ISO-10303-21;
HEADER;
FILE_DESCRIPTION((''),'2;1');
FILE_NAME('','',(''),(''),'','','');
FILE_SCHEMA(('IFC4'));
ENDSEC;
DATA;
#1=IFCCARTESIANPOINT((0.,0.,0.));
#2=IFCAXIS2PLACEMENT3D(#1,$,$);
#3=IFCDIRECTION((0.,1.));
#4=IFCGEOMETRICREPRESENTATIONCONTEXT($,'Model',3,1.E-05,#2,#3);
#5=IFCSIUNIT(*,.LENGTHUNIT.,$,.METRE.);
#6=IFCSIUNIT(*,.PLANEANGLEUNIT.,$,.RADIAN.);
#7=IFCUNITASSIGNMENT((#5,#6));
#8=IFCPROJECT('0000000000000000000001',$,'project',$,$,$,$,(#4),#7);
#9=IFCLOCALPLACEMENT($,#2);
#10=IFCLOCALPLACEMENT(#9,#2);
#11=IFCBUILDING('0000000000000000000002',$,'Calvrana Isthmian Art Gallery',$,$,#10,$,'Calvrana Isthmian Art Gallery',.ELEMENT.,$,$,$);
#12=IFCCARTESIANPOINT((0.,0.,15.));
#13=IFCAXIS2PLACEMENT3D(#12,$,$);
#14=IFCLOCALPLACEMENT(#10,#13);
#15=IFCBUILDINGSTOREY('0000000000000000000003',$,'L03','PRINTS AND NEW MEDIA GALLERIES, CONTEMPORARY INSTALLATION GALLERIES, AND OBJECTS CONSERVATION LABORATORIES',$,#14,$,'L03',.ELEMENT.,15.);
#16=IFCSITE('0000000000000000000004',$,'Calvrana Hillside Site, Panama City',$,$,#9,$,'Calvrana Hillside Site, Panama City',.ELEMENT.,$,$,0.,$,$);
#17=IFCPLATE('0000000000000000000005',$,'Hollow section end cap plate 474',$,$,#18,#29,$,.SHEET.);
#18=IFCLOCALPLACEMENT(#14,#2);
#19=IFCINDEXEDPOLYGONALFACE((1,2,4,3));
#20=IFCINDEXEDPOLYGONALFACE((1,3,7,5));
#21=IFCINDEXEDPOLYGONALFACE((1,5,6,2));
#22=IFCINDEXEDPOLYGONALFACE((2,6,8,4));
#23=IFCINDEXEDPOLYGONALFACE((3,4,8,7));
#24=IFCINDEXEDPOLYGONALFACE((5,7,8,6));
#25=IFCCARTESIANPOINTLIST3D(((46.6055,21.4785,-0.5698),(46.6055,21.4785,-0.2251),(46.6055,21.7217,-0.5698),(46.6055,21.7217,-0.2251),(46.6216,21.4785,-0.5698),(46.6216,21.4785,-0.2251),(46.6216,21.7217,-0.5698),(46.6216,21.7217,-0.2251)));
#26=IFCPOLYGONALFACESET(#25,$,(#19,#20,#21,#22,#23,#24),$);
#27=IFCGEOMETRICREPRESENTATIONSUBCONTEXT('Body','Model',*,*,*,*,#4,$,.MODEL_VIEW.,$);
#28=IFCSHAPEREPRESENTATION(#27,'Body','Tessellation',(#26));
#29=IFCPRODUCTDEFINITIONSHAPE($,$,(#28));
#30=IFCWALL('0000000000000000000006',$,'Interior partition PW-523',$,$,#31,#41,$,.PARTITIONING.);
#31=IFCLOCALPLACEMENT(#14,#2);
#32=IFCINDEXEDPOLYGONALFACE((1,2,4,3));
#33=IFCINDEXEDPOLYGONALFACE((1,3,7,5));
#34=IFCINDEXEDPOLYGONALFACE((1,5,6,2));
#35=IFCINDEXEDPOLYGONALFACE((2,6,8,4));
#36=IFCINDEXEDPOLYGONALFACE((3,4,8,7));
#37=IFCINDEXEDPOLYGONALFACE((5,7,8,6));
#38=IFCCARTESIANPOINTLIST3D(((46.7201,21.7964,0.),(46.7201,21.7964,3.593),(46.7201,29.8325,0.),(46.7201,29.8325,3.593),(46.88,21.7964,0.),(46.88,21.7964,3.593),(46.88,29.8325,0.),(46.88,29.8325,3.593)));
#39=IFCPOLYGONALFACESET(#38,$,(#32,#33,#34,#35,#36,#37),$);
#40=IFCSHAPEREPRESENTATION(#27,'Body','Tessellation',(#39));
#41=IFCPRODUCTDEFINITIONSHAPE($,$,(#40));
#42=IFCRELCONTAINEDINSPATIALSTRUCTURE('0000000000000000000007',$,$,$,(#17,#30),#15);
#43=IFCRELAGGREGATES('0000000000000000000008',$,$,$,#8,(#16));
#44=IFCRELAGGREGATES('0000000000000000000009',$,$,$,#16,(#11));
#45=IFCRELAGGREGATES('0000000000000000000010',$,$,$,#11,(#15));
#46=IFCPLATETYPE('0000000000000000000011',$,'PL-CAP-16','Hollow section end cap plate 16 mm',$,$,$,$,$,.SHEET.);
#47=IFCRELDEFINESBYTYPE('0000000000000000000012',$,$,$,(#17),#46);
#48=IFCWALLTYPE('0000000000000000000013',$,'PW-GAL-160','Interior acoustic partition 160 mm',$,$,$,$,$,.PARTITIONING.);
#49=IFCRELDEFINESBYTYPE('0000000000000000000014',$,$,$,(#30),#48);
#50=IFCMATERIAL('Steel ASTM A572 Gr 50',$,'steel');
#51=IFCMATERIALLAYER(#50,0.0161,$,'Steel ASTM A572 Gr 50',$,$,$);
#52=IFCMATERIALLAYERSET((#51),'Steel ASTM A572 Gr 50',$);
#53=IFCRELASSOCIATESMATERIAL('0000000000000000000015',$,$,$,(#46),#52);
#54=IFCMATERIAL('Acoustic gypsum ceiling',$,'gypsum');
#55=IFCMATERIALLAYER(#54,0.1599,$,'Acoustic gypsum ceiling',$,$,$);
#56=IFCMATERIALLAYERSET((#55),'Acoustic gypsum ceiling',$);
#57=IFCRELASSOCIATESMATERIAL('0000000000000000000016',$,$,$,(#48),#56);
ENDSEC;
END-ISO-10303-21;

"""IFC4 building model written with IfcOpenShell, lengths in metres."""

from ifc_helpers import new_model, si_unit, direction, frame, frame_2d, origin, origin_2d, place, context, subcontext, project, spatial, rectangle, extrude, material, layer, layer_set, type_object, element, save


model = new_model("IFC4")

# Units and contexts
model_context = context("Model", 3, precision=1e-05, world=origin(), true_north=direction((0.0, 1.0)))
body_context = subcontext(model_context, "Body", "Model", "MODEL_VIEW")
ifc_project = project(units=[si_unit("LENGTHUNIT", "METRE"), si_unit("PLANEANGLEUNIT", "RADIAN")], contexts=[model_context])

# Site, building, storey
site_placement = place(None, origin())
site = spatial("IfcSite", under=ifc_project, at=site_placement, Name="Calvrana Hillside Site, Panama City", LongName="Calvrana Hillside Site, Panama City", CompositionType="ELEMENT", RefElevation=0.0)
building_placement = place(site_placement, origin())
building = spatial("IfcBuilding", under=site, at=building_placement, Name="Calvrana Isthmian Art Gallery", LongName="Calvrana Isthmian Art Gallery", CompositionType="ELEMENT")
storey_placement = place(building_placement, frame((0.0, 0.0, 15.0)))
storey = spatial("IfcBuildingStorey", under=building, at=storey_placement, Name="L03", Description="PRINTS AND NEW MEDIA GALLERIES, CONTEMPORARY INSTALLATION GALLERIES, AND OBJECTS CONSERVATION LABORATORIES", LongName="L03", CompositionType="ELEMENT", Elevation=15.0)

# Plate
ifc_material_1 = material(Name="Steel ASTM A572 Gr 50", Category="steel")
ifc_layer_1 = layer(ifc_material_1, 0.0161, Name="Steel ASTM A572 Gr 50")
ifc_layer_set_1 = layer_set([ifc_layer_1], Name="Steel ASTM A572 Gr 50")
plate_type_1 = type_object("IfcPlateType", Name="PL-CAP-16", Description="Hollow section end cap plate 16 mm", PredefinedType="SHEET", material=ifc_layer_set_1)
plate_1_placement = place(storey_placement, frame((46.6135, 21.6001, -0.5698), z_axis=(0.0, 0.0, 1.0), x_axis=(1.0, 0.0, 0.0)))
element("IfcPlate", 1, at=plate_1_placement, inside=storey, type_object=plate_type_1, Name="Hollow section end cap plate 474", PredefinedType="SHEET", context=body_context, shape_type="SweptSolid", body=[
    extrude(rectangle(XDim=0.0161, YDim=0.2432, at=origin_2d()), origin(), (0.0, 0.0, 1.0), 0.3447),
])

# Wall
ifc_material_2 = material(Name="Acoustic gypsum ceiling", Category="gypsum")
ifc_layer_2 = layer(ifc_material_2, 0.1599, Name="Acoustic gypsum ceiling")
ifc_layer_set_2 = layer_set([ifc_layer_2], Name="Acoustic gypsum ceiling")
wall_type = type_object("IfcWallType", Name="PW-GAL-160", Description="Interior acoustic partition 160 mm", PredefinedType="PARTITIONING", material=ifc_layer_set_2)
wall_placement = place(storey_placement, frame((46.8, 21.7964, 0.0), z_axis=(0.0, 0.0, 1.0), x_axis=(0.0, 1.0, 0.0)))
element("IfcWall", 2, at=wall_placement, inside=storey, type_object=wall_type, Name="Interior partition PW-523", PredefinedType="PARTITIONING", context=body_context, shape_type="SweptSolid", body=[
    extrude(rectangle(XDim=8.0361, YDim=0.1599, at=frame_2d((4.0181, 0.0))), origin(), (0.0, 0.0, 1.0), 3.593),
])

save(model, "model.ifc")
